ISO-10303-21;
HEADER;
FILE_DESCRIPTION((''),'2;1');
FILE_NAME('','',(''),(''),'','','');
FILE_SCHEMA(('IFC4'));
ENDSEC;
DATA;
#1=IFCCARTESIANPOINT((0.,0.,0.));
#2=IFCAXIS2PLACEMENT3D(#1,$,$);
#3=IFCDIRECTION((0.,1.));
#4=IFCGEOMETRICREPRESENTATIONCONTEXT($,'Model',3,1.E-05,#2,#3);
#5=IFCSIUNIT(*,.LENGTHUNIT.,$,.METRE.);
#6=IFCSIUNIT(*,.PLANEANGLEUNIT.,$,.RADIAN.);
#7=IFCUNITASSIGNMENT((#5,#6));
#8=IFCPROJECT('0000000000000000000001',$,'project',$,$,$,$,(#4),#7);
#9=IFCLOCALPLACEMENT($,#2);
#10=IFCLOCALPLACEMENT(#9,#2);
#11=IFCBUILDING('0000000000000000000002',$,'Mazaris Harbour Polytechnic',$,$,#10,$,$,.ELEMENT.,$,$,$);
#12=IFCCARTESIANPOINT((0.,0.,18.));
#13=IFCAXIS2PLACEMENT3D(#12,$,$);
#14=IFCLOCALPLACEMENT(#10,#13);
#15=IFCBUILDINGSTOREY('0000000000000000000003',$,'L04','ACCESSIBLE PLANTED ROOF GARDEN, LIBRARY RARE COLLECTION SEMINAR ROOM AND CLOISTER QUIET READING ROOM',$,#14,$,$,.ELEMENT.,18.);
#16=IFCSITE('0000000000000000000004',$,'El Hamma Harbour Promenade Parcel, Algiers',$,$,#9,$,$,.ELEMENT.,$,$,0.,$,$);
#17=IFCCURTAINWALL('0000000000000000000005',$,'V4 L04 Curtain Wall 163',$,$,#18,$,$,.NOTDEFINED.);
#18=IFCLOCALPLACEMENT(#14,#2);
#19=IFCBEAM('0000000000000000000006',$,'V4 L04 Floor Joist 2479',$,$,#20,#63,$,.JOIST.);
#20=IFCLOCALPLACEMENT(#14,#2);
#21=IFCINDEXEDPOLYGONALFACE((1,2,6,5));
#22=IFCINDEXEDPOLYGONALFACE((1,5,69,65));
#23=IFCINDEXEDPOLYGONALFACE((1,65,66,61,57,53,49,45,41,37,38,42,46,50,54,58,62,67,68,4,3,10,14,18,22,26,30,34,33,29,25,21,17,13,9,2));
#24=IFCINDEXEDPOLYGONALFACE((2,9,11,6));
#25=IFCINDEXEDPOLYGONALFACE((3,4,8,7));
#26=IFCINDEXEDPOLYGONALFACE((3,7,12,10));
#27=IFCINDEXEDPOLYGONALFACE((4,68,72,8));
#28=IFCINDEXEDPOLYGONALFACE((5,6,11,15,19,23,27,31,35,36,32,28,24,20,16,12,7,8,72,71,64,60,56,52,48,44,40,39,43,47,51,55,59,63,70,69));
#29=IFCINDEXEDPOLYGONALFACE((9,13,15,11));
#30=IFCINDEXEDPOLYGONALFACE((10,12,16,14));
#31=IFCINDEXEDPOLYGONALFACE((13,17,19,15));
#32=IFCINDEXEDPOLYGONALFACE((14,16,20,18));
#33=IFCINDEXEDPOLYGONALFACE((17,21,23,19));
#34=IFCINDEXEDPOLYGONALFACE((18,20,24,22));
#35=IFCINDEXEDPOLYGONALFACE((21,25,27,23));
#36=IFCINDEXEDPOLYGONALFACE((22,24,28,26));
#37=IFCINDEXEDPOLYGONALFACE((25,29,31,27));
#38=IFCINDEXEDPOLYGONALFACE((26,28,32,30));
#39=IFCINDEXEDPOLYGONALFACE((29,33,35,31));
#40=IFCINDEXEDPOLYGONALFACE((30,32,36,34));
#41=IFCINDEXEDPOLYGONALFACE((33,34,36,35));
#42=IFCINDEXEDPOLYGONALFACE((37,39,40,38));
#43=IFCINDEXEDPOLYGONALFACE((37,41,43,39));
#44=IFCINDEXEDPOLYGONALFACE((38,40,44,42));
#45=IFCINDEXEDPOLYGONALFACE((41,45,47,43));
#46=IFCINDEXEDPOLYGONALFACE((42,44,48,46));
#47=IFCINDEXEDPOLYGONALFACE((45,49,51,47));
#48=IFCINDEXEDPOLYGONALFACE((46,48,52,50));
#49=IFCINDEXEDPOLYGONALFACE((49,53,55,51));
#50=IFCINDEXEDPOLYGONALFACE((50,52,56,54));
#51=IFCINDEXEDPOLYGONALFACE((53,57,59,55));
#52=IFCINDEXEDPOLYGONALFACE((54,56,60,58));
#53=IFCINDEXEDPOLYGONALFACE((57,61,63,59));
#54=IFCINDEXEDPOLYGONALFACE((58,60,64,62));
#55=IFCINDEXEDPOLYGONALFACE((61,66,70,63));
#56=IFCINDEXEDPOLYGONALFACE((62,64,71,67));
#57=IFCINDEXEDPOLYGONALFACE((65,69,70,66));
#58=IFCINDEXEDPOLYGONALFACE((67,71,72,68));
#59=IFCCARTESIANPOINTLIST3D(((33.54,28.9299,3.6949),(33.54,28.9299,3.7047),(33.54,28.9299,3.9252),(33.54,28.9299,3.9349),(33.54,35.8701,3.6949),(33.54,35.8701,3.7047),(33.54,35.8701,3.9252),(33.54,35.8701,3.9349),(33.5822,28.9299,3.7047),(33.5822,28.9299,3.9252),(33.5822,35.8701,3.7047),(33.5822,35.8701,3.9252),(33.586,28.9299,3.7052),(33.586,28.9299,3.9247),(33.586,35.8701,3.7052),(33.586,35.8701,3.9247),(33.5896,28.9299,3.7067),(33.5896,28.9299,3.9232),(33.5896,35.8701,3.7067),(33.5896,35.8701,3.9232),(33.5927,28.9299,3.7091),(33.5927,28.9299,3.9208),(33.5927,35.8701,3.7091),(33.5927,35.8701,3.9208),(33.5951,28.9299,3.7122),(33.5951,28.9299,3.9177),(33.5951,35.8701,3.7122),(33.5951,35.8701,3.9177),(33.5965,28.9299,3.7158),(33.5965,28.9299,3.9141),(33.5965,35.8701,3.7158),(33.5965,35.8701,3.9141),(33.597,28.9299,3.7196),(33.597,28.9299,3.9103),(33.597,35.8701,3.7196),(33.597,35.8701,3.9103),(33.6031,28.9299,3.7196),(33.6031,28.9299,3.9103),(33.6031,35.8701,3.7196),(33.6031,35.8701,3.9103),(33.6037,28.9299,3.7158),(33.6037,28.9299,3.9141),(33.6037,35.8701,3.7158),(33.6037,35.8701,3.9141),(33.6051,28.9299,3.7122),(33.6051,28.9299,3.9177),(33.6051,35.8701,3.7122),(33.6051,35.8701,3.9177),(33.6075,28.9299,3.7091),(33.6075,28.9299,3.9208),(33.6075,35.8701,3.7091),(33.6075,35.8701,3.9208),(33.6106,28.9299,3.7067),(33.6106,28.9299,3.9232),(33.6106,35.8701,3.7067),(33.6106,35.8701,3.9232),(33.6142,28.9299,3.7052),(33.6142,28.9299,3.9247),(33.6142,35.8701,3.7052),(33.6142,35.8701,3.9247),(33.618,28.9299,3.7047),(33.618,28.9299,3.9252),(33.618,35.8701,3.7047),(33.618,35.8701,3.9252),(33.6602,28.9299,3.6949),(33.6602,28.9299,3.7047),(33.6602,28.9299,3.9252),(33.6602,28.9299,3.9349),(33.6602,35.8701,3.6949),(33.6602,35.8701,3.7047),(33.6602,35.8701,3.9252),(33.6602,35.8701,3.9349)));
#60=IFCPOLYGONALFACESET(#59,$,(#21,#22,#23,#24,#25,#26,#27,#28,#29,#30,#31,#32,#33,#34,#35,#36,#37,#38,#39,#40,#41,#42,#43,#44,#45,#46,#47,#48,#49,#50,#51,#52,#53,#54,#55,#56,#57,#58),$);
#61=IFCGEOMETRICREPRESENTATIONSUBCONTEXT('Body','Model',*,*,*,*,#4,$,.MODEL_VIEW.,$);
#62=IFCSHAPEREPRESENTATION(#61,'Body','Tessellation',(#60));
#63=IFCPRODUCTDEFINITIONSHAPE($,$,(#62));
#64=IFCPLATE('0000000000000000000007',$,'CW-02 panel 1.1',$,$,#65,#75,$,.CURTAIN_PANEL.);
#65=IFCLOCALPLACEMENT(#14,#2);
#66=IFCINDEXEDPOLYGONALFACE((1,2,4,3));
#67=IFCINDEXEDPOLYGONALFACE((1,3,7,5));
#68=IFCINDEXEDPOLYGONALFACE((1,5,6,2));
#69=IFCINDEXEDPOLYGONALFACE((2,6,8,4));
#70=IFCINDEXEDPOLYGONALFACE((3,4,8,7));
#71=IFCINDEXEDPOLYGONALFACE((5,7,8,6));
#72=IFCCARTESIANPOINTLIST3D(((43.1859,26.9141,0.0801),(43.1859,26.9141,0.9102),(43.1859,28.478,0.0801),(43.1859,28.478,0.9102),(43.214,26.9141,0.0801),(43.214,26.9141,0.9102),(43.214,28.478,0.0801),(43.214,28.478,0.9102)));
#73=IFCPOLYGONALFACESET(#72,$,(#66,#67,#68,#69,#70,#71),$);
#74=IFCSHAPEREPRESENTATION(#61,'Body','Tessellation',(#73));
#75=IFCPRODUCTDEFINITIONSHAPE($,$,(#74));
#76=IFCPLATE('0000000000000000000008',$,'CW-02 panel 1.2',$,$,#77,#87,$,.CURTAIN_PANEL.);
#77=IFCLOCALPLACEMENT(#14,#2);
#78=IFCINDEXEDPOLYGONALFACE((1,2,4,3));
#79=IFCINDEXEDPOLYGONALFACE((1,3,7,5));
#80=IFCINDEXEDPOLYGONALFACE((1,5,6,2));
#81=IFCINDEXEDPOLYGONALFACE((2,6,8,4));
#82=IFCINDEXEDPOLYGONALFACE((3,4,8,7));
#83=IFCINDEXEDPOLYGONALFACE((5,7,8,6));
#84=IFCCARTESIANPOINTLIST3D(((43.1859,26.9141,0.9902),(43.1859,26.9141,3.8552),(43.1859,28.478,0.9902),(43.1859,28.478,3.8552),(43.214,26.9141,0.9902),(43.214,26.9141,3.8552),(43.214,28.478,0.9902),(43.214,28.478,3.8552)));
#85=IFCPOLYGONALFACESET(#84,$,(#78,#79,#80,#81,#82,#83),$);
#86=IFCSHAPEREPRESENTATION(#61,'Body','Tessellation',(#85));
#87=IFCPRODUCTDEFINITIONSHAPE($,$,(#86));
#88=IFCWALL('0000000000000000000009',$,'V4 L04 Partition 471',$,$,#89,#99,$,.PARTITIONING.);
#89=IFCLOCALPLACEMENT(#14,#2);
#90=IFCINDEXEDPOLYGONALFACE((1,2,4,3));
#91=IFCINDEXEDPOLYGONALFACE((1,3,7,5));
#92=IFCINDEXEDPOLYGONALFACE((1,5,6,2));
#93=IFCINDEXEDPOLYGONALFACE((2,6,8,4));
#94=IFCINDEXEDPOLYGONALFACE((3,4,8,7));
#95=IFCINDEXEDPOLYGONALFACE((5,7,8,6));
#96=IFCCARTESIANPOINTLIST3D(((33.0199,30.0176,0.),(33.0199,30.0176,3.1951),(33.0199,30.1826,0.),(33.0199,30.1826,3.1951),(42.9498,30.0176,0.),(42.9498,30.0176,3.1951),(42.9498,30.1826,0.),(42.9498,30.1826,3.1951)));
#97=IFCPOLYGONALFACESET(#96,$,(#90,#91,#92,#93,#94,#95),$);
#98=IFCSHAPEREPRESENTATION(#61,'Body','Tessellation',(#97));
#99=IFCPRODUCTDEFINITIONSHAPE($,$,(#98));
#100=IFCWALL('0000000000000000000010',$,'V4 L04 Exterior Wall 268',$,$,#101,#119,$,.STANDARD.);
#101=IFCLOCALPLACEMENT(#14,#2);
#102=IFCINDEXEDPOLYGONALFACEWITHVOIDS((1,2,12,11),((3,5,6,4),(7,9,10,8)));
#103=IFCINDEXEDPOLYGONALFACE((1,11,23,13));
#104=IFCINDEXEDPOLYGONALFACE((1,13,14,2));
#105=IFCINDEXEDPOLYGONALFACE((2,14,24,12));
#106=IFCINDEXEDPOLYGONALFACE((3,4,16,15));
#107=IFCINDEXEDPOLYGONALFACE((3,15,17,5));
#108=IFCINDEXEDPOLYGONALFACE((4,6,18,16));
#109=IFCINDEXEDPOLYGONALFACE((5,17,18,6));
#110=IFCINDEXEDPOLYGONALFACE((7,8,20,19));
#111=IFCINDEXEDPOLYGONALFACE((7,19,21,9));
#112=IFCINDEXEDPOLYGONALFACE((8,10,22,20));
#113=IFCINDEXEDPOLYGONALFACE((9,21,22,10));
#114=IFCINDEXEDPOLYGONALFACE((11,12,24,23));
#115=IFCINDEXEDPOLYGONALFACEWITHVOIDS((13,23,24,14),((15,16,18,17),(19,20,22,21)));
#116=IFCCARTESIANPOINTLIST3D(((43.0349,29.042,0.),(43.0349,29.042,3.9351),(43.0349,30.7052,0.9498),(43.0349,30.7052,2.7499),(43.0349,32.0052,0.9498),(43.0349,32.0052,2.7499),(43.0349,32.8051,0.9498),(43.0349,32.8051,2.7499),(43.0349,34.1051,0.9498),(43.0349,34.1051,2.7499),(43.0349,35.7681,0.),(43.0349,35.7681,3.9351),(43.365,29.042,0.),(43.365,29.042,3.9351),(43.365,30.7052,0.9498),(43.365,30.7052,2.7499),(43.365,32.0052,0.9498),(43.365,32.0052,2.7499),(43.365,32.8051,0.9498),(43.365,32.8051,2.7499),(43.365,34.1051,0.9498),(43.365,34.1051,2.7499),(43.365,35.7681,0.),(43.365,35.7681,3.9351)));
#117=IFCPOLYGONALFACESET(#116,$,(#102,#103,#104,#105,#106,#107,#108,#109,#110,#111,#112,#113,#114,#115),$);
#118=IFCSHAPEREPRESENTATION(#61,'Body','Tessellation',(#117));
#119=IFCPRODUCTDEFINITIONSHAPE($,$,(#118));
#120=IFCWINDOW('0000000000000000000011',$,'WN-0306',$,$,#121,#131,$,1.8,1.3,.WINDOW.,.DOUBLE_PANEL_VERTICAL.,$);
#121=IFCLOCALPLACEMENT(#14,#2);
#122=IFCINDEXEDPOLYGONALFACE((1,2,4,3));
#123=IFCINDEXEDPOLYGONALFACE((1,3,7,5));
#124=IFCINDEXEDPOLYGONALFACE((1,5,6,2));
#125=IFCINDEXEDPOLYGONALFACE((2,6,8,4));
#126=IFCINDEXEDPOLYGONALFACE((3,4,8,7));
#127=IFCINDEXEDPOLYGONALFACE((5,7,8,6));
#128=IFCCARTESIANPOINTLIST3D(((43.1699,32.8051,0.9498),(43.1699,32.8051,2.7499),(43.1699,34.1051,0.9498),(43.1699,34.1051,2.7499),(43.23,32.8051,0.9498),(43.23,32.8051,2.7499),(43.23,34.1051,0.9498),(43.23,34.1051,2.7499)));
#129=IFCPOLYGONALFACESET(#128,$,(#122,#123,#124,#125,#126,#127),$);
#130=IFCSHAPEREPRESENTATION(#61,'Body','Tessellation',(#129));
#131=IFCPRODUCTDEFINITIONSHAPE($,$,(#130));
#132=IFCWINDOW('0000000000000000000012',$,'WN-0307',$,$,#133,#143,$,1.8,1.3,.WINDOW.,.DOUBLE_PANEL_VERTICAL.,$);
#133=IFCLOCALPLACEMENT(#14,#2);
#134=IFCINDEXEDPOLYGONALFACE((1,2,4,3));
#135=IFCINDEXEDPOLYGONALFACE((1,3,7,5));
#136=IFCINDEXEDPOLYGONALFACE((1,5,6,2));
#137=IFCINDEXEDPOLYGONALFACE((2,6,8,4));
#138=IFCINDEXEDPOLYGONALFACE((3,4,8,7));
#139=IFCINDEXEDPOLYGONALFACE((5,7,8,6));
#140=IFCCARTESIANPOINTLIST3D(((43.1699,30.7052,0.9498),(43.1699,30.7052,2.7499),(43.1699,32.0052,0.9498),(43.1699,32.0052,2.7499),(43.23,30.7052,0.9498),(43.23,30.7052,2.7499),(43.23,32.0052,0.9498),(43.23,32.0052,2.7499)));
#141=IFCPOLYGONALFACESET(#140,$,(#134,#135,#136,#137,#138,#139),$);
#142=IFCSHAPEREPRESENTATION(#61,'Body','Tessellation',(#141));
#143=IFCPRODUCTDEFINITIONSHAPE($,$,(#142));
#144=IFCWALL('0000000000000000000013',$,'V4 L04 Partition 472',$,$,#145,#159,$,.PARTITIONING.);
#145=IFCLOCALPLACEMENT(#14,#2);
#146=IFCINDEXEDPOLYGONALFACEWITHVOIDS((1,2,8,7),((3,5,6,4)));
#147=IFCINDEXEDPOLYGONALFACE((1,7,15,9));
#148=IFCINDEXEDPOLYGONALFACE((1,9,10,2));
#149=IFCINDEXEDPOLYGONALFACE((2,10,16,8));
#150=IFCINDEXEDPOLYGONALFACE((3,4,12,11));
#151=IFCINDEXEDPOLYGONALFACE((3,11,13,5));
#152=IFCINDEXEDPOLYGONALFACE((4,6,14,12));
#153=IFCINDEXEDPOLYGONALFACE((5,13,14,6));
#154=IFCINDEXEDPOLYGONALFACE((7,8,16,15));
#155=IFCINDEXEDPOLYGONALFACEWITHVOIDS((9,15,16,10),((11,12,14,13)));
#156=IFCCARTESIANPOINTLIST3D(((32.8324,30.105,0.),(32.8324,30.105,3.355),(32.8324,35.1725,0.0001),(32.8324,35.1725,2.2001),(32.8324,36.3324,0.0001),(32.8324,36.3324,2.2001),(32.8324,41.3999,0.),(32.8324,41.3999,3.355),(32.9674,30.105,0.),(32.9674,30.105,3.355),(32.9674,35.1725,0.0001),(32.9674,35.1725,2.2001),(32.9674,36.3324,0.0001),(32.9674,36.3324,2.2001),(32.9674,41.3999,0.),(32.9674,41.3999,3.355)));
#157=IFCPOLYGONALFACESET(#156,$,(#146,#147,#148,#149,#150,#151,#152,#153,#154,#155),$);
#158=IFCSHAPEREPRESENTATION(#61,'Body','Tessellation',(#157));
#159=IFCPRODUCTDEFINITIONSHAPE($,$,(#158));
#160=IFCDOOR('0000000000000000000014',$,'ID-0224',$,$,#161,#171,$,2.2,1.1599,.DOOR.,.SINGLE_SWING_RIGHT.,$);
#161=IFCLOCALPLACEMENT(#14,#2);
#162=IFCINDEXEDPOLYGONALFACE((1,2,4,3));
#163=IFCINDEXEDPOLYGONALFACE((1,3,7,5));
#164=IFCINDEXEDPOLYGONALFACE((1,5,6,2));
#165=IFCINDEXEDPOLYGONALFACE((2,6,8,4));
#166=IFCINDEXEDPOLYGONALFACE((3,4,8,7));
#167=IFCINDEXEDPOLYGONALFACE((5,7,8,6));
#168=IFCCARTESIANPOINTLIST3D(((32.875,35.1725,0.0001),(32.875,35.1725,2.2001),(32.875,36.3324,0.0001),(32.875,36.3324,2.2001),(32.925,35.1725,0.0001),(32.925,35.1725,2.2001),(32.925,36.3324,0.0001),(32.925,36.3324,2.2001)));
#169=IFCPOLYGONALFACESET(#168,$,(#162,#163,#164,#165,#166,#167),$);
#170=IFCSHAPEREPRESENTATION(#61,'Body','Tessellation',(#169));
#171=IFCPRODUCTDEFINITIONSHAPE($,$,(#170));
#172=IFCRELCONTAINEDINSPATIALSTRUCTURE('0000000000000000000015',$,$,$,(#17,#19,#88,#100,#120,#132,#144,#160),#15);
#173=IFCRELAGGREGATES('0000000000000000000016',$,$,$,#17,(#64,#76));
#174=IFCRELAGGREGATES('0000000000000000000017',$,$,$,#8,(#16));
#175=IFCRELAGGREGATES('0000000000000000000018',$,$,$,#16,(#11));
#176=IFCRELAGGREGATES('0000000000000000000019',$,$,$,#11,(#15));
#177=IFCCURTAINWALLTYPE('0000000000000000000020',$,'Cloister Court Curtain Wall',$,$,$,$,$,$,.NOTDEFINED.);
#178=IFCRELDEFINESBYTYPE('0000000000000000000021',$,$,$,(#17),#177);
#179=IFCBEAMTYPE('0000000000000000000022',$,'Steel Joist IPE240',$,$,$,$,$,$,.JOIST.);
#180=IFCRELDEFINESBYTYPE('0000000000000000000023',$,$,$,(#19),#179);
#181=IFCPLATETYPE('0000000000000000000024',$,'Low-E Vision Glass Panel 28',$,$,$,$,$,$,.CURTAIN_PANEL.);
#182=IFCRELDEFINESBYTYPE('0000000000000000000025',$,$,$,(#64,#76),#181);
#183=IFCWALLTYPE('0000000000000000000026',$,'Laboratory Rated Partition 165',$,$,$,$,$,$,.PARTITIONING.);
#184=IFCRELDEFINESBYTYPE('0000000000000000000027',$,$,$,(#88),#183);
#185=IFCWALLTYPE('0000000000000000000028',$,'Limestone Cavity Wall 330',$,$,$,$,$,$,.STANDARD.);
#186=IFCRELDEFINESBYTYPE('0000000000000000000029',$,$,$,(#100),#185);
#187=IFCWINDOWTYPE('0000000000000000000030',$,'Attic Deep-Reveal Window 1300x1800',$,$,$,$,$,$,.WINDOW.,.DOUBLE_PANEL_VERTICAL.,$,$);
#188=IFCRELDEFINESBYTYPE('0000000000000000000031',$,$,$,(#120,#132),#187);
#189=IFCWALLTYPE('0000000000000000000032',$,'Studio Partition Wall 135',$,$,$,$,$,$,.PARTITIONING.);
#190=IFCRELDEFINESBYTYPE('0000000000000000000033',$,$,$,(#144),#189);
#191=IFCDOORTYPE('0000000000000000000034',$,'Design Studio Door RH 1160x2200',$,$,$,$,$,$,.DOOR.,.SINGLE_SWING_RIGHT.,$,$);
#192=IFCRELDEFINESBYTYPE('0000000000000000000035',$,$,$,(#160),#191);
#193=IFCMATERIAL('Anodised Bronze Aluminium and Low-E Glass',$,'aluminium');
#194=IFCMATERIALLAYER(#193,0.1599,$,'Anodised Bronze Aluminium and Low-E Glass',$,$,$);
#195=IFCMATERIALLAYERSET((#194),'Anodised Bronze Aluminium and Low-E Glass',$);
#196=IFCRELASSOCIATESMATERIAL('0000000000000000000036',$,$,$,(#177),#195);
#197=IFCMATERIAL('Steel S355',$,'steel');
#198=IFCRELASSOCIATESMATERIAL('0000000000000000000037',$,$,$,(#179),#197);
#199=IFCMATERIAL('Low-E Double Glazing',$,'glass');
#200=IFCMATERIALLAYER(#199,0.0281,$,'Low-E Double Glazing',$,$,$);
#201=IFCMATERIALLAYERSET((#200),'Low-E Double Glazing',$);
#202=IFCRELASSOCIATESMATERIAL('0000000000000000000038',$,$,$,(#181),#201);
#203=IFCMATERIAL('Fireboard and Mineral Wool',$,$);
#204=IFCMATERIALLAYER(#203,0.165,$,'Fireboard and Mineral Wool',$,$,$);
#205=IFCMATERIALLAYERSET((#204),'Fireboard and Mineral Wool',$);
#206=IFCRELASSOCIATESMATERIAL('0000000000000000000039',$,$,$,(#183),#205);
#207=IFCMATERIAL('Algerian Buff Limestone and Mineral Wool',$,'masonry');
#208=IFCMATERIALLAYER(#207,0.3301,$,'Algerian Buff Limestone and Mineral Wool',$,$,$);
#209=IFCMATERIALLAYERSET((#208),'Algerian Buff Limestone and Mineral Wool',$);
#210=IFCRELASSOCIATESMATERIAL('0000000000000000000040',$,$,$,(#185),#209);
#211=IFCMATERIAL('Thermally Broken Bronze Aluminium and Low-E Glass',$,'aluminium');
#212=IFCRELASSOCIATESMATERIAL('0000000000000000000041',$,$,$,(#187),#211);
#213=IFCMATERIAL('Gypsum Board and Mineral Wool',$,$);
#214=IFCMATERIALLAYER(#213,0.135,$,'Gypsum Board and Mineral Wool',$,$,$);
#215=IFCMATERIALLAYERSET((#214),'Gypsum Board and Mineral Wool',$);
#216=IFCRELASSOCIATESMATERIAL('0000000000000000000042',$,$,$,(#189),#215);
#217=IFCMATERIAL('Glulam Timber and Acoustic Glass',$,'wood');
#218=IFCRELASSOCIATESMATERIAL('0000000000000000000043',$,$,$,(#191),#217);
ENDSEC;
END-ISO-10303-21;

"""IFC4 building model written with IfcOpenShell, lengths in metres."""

from ifc_helpers import new_model, si_unit, direction, frame, frame_2d, origin, origin_2d, place, context, subcontext, project, spatial, rectangle, i_section, extrude, material, layer, layer_set, material_profile, profile_set, type_object, element, fill, aggregate, save


model = new_model("IFC4")

# Units and contexts
model_context = context("Model", 3, precision=1e-05, world=origin(), true_north=direction((0.0, 1.0)))
body_context = subcontext(model_context, "Body", "Model", "MODEL_VIEW")
ifc_project = project(units=[si_unit("LENGTHUNIT", "METRE"), si_unit("PLANEANGLEUNIT", "RADIAN")], contexts=[model_context])

# Site, building, storey
site_placement = place(None, origin())
site = spatial("IfcSite", under=ifc_project, at=site_placement, Name="El Hamma Harbour Promenade Parcel, Algiers", CompositionType="ELEMENT", RefElevation=0.0)
building_placement = place(site_placement, origin())
building = spatial("IfcBuilding", under=site, at=building_placement, Name="Mazaris Harbour Polytechnic", CompositionType="ELEMENT")
storey_placement = place(building_placement, frame((0.0, 0.0, 18.0)))
storey = spatial("IfcBuildingStorey", under=building, at=storey_placement, Name="L04", Description="ACCESSIBLE PLANTED ROOF GARDEN, LIBRARY RARE COLLECTION SEMINAR ROOM AND CLOISTER QUIET READING ROOM", CompositionType="ELEMENT", Elevation=18.0)

# Curtain wall
ifc_material_1 = material(Name="Anodised Bronze Aluminium and Low-E Glass", Category="aluminium")
ifc_layer_1 = layer(ifc_material_1, 0.1599, Name="Anodised Bronze Aluminium and Low-E Glass")
ifc_layer_set_1 = layer_set([ifc_layer_1], Name="Anodised Bronze Aluminium and Low-E Glass")
curtain_wall_type = type_object("IfcCurtainWallType", Name="Cloister Court Curtain Wall", PredefinedType="NOTDEFINED", material=ifc_layer_set_1)
curtain_wall_placement = place(storey_placement, origin())
curtain_wall = element("IfcCurtainWall", 1, at=curtain_wall_placement, inside=storey, type_object=curtain_wall_type, Name="V4 L04 Curtain Wall 163", PredefinedType="NOTDEFINED")

# Beam
ifc_material_2 = material(Name="Steel S355", Category="steel")
ifc_material_profile_1 = material_profile(ifc_material_2, i_section(OverallWidth=0.1201, OverallDepth=0.24, WebThickness=0.0061, FlangeThickness=0.0098, FilletRadius=0.0149, at=origin_2d()), Name="IPE 240")
ifc_profile_set_1 = profile_set([ifc_material_profile_1], Name="Steel S355")
beam_type_1 = type_object("IfcBeamType", Name="Steel Joist IPE240", PredefinedType="JOIST", material=ifc_profile_set_1)
beam_1_placement = place(storey_placement, frame((33.6001, 28.9299, 3.8149), z_axis=(0.0, 1.0, 0.0), x_axis=(-1.0, 0.0, 0.0)))
element("IfcBeam", 2, at=beam_1_placement, inside=storey, type_object=beam_type_1, Name="V4 L04 Floor Joist 2479", PredefinedType="JOIST", context=body_context, shape_type="SweptSolid", body=[
    extrude(i_section(OverallWidth=0.1201, OverallDepth=0.24, WebThickness=0.0061, FlangeThickness=0.0098, FilletRadius=0.0149, at=origin_2d()), origin(), (0.0, 0.0, 1.0), 6.9402),
])

# Plates
ifc_material_3 = material(Name="Low-E Double Glazing", Category="glass")
ifc_layer_2 = layer(ifc_material_3, 0.0281, Name="Low-E Double Glazing")
ifc_layer_set_2 = layer_set([ifc_layer_2], Name="Low-E Double Glazing")
plate_type = type_object("IfcPlateType", Name="Low-E Vision Glass Panel 28", PredefinedType="CURTAIN_PANEL", material=ifc_layer_set_2)
plate_1_placement = place(storey_placement, frame((43.2, 27.696, 0.0801), z_axis=(0.0, 0.0, 1.0), x_axis=(0.0, -1.0, 0.0)))
plate_1 = element("IfcPlate", 3, at=plate_1_placement, type_object=plate_type, Name="CW-02 panel 1.1", PredefinedType="CURTAIN_PANEL", context=body_context, shape_type="SweptSolid", body=[
    extrude(rectangle(XDim=1.564, YDim=0.0281, at=origin_2d()), origin(), (0.0, 0.0, 1.0), 0.8301),
])
plate_2_placement = place(storey_placement, frame((43.2, 27.696, 0.9902), z_axis=(0.0, 0.0, 1.0), x_axis=(0.0, -1.0, 0.0)))
plate_2 = element("IfcPlate", 4, at=plate_2_placement, type_object=plate_type, Name="CW-02 panel 1.2", PredefinedType="CURTAIN_PANEL", context=body_context, shape_type="SweptSolid", body=[
    extrude(rectangle(XDim=1.564, YDim=0.0281, at=origin_2d()), origin(), (0.0, 0.0, 1.0), 2.865),
])
aggregate(curtain_wall, [plate_1, plate_2])

# Wall
ifc_material_4 = material(Name="Fireboard and Mineral Wool")
ifc_layer_3 = layer(ifc_material_4, 0.165, Name="Fireboard and Mineral Wool")
ifc_layer_set_3 = layer_set([ifc_layer_3], Name="Fireboard and Mineral Wool")
wall_type_1 = type_object("IfcWallType", Name="Laboratory Rated Partition 165", PredefinedType="PARTITIONING", material=ifc_layer_set_3)
wall_1_placement = place(storey_placement, frame((33.02, 30.1001, 0.0), z_axis=(0.0, 0.0, 1.0), x_axis=(1.0, 0.0, 0.0)))
element("IfcWall", 5, at=wall_1_placement, inside=storey, type_object=wall_type_1, Name="V4 L04 Partition 471", PredefinedType="PARTITIONING", context=body_context, shape_type="SweptSolid", body=[
    extrude(rectangle(XDim=9.9299, YDim=0.165, at=frame_2d((4.9648, 0.0))), origin(), (0.0, 0.0, 1.0), 3.1951),
])

# Wall, openings, windows
ifc_material_5 = material(Name="Algerian Buff Limestone and Mineral Wool", Category="masonry")
ifc_layer_4 = layer(ifc_material_5, 0.3301, Name="Algerian Buff Limestone and Mineral Wool")
ifc_layer_set_4 = layer_set([ifc_layer_4], Name="Algerian Buff Limestone and Mineral Wool")
wall_type_2 = type_object("IfcWallType", Name="Limestone Cavity Wall 330", PredefinedType="STANDARD", material=ifc_layer_set_4)
wall_2_placement = place(storey_placement, frame((43.2, 35.7681, 0.0), z_axis=(0.0, 0.0, 1.0), x_axis=(0.0, -1.0, 0.0)))
wall_2 = element("IfcWall", 6, at=wall_2_placement, inside=storey, type_object=wall_type_2, Name="V4 L04 Exterior Wall 268", PredefinedType="STANDARD", context=body_context, shape_type="SweptSolid", body=[
    extrude(rectangle(XDim=6.7261, YDim=0.3301, at=frame_2d((3.363, 0.0))), origin(), (0.0, 0.0, 1.0), 3.9351),
])
opening_1_placement = place(wall_2_placement, frame((1.6631, 0.0, 0.95)))
opening_1 = element("IfcOpeningElement", 7, at=opening_1_placement, cuts=wall_2, PredefinedType="OPENING", context=body_context, shape_type="SweptSolid", body=[
    extrude(rectangle(XDim=1.3, YDim=1.8, at=frame_2d((0.6499, 0.8999))), frame((0.0, 0.175, 0.0), z_axis=(0.0, -1.0, 0.0), x_axis=(1.0, 0.0, 0.0)), (0.0, 0.0, 1.0), 0.3501),
])
opening_2_placement = place(wall_2_placement, frame((3.7629, 0.0, 0.95)))
opening_2 = element("IfcOpeningElement", 8, at=opening_2_placement, cuts=wall_2, PredefinedType="OPENING", context=body_context, shape_type="SweptSolid", body=[
    extrude(rectangle(XDim=1.3, YDim=1.8, at=frame_2d((0.6499, 0.8999))), frame((0.0, 0.175, 0.0), z_axis=(0.0, -1.0, 0.0), x_axis=(1.0, 0.0, 0.0)), (0.0, 0.0, 1.0), 0.3501),
])
ifc_material_6 = material(Name="Thermally Broken Bronze Aluminium and Low-E Glass", Category="aluminium")
window_type = type_object("IfcWindowType", Name="Attic Deep-Reveal Window 1300x1800", PartitioningType="DOUBLE_PANEL_VERTICAL", PredefinedType="WINDOW", material=ifc_material_6)
window_1_placement = place(opening_1_placement, origin())
window_1 = element("IfcWindow", 9, at=window_1_placement, inside=storey, type_object=window_type, Name="WN-0306", OverallHeight=1.8, OverallWidth=1.3, PartitioningType="DOUBLE_PANEL_VERTICAL", PredefinedType="WINDOW", context=body_context, shape_type="SweptSolid", body=[
    extrude(rectangle(XDim=1.3, YDim=1.8, at=frame_2d((0.6499, 0.8999))), frame((0.0, 0.03, 0.0), z_axis=(0.0, -1.0, 0.0), x_axis=(1.0, 0.0, 0.0)), (0.0, 0.0, 1.0), 0.0601),
])
fill(opening_1, window_1)
window_2_placement = place(opening_2_placement, origin())
window_2 = element("IfcWindow", 10, at=window_2_placement, inside=storey, type_object=window_type, Name="WN-0307", OverallHeight=1.8, OverallWidth=1.3, PartitioningType="DOUBLE_PANEL_VERTICAL", PredefinedType="WINDOW", context=body_context, shape_type="SweptSolid", body=[
    extrude(rectangle(XDim=1.3, YDim=1.8, at=frame_2d((0.6499, 0.8999))), frame((0.0, 0.03, 0.0), z_axis=(0.0, -1.0, 0.0), x_axis=(1.0, 0.0, 0.0)), (0.0, 0.0, 1.0), 0.0601),
])
fill(opening_2, window_2)

# Wall, opening, door
ifc_material_7 = material(Name="Gypsum Board and Mineral Wool")
ifc_layer_5 = layer(ifc_material_7, 0.135, Name="Gypsum Board and Mineral Wool")
ifc_layer_set_5 = layer_set([ifc_layer_5], Name="Gypsum Board and Mineral Wool")
wall_type_3 = type_object("IfcWallType", Name="Studio Partition Wall 135", PredefinedType="PARTITIONING", material=ifc_layer_set_5)
wall_3_placement = place(storey_placement, frame((32.8999, 30.105, 0.0), z_axis=(0.0, 0.0, 1.0), x_axis=(0.0, 1.0, 0.0)))
wall_3 = element("IfcWall", 11, at=wall_3_placement, inside=storey, type_object=wall_type_3, Name="V4 L04 Partition 472", PredefinedType="PARTITIONING", context=body_context, shape_type="SweptSolid", body=[
    extrude(rectangle(XDim=11.2949, YDim=0.135, at=frame_2d((5.6475, 0.0))), origin(), (0.0, 0.0, 1.0), 3.355),
])
opening_3_placement = place(wall_3_placement, frame((5.0674, 0.0, 0.0)))
opening_3 = element("IfcOpeningElement", 12, at=opening_3_placement, cuts=wall_3, PredefinedType="OPENING", context=body_context, shape_type="SweptSolid", body=[
    extrude(rectangle(XDim=1.1599, YDim=2.2, at=frame_2d((0.5801, 1.1001))), frame((0.0, 0.0774, 0.0), z_axis=(0.0, -1.0, 0.0), x_axis=(1.0, 0.0, 0.0)), (0.0, 0.0, 1.0), 0.155),
])
ifc_material_8 = material(Name="Glulam Timber and Acoustic Glass", Category="wood")
door_type = type_object("IfcDoorType", Name="Design Studio Door RH 1160x2200", OperationType="SINGLE_SWING_RIGHT", PredefinedType="DOOR", material=ifc_material_8)
door_placement = place(opening_3_placement, origin())
door = element("IfcDoor", 13, at=door_placement, inside=storey, type_object=door_type, Name="ID-0224", OperationType="SINGLE_SWING_RIGHT", OverallHeight=2.2, OverallWidth=1.1599, PredefinedType="DOOR", context=body_context, shape_type="SweptSolid", body=[
    extrude(rectangle(XDim=1.1599, YDim=2.2, at=frame_2d((0.5801, 1.1001))), frame((0.0, 0.0249, 0.0), z_axis=(0.0, -1.0, 0.0), x_axis=(1.0, 0.0, 0.0)), (0.0, 0.0, 1.0), 0.05),
])
fill(opening_3, door)

save(model, "model.ifc")
